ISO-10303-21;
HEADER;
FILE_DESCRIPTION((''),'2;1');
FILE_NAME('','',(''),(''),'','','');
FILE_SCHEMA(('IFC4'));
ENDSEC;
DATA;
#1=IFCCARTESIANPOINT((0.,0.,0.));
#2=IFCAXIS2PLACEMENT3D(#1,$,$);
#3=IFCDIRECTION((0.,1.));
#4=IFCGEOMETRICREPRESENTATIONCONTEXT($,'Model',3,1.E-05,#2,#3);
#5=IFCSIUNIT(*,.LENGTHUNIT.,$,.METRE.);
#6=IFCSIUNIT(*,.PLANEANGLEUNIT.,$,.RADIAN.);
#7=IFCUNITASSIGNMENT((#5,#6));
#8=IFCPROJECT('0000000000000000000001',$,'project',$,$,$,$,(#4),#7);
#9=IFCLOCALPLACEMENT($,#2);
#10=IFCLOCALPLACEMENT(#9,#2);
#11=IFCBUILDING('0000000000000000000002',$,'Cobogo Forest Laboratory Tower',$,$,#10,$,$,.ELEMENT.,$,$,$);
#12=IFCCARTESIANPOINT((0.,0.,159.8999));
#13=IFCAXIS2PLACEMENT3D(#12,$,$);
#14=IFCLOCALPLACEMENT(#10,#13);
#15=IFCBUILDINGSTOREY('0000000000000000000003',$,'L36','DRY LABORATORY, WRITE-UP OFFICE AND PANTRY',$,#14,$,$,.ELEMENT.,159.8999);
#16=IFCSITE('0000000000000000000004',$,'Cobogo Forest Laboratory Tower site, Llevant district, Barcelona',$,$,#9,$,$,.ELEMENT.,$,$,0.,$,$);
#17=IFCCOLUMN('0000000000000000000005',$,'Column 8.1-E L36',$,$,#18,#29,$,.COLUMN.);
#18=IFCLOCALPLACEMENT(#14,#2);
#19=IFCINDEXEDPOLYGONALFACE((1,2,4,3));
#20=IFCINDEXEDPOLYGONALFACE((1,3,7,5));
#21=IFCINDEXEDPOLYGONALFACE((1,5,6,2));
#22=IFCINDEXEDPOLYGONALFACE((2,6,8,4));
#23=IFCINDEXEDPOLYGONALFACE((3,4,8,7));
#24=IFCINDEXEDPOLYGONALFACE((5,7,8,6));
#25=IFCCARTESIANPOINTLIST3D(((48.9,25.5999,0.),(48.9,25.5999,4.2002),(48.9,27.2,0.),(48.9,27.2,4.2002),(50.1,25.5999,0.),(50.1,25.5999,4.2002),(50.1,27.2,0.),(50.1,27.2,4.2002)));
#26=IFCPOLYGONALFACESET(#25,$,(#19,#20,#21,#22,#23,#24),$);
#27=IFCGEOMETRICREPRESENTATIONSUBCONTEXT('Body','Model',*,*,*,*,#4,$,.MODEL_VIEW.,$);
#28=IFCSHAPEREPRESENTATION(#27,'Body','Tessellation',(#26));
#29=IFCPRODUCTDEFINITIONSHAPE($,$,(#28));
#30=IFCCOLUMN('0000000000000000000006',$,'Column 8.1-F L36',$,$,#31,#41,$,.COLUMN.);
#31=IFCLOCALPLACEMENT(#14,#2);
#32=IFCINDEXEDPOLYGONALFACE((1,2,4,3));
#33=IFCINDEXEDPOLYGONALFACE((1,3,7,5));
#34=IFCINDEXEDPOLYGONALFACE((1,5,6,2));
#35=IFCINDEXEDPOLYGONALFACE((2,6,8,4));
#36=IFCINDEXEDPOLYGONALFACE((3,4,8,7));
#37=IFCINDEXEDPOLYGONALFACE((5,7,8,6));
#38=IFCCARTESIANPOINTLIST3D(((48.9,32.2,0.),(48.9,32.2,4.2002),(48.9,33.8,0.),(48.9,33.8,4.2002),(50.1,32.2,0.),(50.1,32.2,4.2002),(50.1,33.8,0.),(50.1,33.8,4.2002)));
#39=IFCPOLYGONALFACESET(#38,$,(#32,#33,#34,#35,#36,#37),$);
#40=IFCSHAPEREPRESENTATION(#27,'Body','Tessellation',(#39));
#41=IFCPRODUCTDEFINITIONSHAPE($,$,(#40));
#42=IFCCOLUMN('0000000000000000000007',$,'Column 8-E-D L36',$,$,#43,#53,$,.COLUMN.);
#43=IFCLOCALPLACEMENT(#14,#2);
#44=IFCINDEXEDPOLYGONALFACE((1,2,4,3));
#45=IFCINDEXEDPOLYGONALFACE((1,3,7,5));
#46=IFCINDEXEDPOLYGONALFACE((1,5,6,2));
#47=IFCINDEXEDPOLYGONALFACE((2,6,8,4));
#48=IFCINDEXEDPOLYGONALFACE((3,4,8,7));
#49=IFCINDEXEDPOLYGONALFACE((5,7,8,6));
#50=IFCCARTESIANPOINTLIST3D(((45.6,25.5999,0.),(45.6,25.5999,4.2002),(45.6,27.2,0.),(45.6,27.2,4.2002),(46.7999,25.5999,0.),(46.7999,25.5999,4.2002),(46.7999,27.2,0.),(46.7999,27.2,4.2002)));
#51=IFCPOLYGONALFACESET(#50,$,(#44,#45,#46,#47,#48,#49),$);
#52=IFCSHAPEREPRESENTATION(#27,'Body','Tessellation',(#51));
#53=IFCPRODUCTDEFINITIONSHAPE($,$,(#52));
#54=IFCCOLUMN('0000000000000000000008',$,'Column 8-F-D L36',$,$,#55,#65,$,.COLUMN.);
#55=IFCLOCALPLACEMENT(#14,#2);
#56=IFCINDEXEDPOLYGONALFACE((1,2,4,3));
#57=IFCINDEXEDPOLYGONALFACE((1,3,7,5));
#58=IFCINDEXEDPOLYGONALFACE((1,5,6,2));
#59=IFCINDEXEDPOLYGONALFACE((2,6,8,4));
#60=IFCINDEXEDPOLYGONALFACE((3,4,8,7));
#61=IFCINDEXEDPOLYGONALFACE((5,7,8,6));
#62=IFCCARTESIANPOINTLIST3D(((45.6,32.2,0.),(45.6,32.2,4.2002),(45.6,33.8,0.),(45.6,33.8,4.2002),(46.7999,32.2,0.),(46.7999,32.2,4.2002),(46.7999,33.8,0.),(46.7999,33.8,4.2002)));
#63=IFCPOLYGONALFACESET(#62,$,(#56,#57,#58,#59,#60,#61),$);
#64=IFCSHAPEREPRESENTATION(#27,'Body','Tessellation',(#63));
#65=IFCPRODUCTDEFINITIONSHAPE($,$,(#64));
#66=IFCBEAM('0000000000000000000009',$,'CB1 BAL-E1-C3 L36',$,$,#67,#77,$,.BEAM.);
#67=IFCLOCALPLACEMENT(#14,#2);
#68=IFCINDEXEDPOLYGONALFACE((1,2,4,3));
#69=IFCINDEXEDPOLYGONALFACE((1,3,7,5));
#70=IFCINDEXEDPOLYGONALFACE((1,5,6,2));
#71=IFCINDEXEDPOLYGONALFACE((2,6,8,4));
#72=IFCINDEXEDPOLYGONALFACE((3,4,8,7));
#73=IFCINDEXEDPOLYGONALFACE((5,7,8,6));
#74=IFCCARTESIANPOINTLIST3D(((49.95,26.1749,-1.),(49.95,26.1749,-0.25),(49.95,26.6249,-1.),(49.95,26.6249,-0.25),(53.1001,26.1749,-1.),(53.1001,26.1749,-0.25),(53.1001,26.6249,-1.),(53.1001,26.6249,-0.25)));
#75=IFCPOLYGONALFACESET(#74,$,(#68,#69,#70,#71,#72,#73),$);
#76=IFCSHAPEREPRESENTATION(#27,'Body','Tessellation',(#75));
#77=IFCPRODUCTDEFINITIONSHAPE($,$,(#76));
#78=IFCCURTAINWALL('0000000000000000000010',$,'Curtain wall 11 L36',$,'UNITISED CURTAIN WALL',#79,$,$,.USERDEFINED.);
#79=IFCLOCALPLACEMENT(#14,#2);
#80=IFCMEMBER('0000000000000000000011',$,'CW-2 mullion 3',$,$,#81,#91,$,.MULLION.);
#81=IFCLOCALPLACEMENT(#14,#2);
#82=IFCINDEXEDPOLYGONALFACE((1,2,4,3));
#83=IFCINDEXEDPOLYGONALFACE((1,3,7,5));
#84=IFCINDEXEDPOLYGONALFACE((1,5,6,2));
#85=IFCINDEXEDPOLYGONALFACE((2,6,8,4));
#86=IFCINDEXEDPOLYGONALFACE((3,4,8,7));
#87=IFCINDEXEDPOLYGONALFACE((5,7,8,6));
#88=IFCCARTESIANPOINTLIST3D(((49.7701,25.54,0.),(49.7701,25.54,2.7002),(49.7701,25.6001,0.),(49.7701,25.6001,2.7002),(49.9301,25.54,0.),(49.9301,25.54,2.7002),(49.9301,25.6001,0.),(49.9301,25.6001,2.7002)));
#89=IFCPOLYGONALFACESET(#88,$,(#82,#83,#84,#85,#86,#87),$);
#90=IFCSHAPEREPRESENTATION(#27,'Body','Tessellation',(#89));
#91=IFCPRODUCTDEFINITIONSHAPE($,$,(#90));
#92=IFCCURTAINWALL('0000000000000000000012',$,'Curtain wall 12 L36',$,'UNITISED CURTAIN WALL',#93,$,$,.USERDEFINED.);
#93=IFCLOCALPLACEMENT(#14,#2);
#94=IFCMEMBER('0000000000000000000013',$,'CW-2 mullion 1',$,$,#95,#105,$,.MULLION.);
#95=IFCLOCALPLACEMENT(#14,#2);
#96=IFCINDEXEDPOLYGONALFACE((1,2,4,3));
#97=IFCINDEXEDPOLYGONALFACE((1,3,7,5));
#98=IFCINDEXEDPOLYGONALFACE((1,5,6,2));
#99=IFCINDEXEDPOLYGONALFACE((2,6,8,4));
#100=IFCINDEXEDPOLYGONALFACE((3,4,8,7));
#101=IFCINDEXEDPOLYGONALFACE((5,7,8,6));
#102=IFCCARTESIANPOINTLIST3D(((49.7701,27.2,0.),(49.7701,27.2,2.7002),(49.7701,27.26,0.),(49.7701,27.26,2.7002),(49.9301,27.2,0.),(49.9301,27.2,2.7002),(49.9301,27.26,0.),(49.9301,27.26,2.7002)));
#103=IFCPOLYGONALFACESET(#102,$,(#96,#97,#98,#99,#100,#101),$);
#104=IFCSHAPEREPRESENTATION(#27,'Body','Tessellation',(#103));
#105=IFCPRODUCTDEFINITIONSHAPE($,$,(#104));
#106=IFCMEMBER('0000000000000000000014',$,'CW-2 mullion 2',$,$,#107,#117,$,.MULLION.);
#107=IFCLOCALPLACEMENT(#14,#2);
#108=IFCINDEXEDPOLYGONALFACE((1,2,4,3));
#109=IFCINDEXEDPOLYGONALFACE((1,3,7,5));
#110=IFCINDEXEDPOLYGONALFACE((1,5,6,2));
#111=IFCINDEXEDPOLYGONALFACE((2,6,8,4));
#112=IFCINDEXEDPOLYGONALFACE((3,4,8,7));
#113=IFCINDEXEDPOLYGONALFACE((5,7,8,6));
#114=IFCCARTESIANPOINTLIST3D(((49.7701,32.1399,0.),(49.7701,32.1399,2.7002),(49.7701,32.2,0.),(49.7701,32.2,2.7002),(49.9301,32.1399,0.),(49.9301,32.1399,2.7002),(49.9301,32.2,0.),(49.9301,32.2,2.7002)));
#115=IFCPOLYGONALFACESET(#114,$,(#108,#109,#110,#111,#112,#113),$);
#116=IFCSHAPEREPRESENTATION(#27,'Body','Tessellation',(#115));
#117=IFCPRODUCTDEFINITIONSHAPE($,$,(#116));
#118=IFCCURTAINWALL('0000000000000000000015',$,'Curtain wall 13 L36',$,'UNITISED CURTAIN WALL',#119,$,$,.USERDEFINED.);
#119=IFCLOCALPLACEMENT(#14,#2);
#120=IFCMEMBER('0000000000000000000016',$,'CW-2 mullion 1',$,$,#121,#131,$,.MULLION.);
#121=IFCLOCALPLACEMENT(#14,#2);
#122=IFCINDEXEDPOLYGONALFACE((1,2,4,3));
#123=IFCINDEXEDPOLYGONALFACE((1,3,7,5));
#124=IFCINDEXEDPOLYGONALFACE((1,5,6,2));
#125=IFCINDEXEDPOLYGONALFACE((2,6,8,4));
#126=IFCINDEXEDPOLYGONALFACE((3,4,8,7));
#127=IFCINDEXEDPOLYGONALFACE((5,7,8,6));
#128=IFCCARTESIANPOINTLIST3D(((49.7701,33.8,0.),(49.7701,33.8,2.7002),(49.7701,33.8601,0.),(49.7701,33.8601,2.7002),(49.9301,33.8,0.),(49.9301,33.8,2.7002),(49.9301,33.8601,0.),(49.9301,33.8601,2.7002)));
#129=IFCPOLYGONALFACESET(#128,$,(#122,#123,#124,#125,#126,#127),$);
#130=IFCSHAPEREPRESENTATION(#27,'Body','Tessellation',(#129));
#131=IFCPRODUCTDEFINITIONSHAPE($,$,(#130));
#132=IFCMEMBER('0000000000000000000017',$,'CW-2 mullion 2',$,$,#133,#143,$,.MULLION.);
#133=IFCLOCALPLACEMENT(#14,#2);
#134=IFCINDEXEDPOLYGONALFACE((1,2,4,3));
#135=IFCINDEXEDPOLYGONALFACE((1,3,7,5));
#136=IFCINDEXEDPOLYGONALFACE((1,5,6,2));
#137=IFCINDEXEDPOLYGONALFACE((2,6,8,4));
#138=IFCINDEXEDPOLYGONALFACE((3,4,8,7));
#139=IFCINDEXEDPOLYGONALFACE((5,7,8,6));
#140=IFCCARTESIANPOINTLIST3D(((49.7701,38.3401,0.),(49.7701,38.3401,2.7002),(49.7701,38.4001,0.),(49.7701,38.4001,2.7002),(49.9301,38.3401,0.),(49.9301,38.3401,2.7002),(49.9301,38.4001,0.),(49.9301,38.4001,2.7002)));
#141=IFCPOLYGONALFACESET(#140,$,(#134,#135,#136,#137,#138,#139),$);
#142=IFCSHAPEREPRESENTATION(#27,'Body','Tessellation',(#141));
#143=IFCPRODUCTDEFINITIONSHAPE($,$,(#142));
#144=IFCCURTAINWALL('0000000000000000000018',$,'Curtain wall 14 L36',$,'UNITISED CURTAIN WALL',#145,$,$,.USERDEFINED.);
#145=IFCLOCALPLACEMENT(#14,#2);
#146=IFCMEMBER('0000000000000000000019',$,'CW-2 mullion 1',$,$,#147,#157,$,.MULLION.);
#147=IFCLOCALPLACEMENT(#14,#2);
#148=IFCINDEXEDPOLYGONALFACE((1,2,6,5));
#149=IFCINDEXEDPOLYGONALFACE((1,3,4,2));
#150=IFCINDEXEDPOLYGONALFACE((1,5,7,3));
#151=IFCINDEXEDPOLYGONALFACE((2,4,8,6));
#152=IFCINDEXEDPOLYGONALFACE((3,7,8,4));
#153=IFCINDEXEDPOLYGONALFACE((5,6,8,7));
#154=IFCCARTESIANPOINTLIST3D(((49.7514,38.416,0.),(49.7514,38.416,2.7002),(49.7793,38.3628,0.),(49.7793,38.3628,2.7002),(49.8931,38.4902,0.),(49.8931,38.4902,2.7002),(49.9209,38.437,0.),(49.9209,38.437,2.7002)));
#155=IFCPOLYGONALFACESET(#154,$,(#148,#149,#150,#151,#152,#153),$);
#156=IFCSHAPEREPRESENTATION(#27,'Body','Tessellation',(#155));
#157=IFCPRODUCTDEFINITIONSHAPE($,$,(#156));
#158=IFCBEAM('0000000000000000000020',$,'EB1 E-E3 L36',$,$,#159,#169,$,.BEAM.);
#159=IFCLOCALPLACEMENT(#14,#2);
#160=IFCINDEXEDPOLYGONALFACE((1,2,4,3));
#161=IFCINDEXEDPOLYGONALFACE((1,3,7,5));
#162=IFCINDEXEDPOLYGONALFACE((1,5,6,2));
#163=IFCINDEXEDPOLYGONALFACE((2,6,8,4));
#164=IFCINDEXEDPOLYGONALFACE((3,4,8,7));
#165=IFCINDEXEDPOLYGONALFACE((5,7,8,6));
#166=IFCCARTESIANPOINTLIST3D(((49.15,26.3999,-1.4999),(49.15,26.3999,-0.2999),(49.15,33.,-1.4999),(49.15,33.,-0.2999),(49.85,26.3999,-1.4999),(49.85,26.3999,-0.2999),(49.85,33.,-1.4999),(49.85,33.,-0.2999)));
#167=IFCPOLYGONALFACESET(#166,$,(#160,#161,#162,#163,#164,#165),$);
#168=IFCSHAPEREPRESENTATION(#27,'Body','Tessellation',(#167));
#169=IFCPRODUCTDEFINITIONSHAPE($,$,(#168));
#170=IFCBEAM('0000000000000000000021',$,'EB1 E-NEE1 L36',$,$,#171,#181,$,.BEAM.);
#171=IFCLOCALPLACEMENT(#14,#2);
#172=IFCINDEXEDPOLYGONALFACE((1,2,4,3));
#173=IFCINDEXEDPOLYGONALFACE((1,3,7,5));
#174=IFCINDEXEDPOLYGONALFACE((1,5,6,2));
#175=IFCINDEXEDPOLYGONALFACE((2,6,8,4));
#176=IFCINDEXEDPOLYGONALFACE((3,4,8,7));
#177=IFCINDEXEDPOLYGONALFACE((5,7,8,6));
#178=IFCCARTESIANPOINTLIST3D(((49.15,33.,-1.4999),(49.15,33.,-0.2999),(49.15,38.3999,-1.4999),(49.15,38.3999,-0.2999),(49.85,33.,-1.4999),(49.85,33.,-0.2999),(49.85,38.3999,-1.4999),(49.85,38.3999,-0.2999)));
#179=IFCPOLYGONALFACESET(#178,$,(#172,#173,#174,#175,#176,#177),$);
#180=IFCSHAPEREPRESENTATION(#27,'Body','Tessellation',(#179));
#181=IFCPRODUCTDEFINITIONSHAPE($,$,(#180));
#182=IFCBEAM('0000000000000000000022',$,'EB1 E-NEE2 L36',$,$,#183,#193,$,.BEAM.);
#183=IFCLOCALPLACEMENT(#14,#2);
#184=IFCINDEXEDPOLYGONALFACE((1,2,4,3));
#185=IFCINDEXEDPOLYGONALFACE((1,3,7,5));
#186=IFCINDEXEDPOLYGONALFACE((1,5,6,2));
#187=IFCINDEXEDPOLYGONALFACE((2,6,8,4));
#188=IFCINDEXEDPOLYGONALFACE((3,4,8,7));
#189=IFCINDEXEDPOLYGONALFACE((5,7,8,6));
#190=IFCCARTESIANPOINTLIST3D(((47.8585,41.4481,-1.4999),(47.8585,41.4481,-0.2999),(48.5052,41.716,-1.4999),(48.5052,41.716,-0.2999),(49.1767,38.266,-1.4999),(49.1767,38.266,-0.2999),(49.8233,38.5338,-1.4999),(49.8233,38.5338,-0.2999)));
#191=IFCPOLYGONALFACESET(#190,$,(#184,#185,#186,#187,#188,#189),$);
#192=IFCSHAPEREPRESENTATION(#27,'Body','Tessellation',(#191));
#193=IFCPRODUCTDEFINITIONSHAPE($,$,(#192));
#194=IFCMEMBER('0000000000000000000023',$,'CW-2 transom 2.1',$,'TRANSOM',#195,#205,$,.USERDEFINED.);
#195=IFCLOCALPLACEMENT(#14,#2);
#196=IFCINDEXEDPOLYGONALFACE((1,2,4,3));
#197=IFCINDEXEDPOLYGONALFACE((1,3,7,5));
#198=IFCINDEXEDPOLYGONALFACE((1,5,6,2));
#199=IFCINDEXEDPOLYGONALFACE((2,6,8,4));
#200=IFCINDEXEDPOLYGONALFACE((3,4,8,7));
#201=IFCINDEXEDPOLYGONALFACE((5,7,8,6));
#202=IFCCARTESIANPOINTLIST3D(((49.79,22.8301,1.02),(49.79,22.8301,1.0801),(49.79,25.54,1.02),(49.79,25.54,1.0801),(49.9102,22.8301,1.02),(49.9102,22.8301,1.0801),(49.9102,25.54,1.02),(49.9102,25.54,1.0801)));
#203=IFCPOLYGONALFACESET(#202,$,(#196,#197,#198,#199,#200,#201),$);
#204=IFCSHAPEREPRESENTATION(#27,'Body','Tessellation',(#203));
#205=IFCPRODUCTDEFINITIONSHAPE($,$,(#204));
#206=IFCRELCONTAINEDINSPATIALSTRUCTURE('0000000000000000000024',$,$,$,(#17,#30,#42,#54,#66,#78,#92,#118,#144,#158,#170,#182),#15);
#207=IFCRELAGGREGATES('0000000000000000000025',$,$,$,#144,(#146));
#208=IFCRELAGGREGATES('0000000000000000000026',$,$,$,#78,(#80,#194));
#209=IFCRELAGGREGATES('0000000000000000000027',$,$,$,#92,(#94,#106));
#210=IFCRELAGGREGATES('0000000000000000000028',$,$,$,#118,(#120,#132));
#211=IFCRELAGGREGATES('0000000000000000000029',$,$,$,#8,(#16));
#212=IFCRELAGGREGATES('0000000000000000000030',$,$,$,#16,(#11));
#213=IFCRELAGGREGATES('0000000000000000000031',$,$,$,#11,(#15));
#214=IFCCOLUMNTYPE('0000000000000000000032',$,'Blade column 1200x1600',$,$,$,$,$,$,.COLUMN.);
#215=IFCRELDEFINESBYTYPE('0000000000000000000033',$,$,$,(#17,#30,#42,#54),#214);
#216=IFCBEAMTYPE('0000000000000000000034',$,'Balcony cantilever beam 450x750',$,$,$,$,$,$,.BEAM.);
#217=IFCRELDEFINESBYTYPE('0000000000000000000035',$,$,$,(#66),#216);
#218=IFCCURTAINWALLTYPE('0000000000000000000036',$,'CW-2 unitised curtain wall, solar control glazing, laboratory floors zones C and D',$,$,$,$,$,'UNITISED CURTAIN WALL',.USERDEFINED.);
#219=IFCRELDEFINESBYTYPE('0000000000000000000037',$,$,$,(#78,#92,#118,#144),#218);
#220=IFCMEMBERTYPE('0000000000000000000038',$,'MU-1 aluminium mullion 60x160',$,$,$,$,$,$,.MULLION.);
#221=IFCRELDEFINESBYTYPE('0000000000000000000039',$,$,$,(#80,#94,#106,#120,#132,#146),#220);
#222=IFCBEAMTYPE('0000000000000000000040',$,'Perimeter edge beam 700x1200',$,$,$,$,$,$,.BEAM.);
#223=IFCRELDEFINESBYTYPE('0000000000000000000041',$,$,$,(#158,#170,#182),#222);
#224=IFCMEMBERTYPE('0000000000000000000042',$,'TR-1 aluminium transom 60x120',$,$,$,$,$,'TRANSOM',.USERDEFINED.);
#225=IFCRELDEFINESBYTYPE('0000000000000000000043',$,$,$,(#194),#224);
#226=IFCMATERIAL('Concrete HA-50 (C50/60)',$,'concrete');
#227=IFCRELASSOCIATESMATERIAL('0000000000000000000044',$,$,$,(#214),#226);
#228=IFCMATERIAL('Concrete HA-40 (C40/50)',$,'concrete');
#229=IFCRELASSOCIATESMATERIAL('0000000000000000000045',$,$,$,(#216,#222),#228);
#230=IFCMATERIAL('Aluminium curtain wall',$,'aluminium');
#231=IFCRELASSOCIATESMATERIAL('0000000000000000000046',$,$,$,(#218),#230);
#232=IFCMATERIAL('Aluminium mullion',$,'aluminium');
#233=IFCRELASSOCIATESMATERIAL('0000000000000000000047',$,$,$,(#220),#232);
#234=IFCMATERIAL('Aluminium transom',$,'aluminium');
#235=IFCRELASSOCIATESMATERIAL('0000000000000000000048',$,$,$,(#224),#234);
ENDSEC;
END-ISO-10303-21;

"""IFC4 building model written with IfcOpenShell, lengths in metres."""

from ifc_helpers import new_model, si_unit, direction, frame, origin, origin_2d, place, context, subcontext, project, spatial, rectangle, extrude, material, material_profile, profile_set, type_object, element, aggregate, save


model = new_model("IFC4")

# Units and contexts
model_context = context("Model", 3, precision=1e-05, world=origin(), true_north=direction((0.0, 1.0)))
body_context = subcontext(model_context, "Body", "Model", "MODEL_VIEW")
ifc_project = project(units=[si_unit("LENGTHUNIT", "METRE"), si_unit("PLANEANGLEUNIT", "RADIAN")], contexts=[model_context])

# Site, building, storey
site_placement = place(None, origin())
site = spatial("IfcSite", under=ifc_project, at=site_placement, Name="Cobogo Forest Laboratory Tower site, Llevant district, Barcelona", CompositionType="ELEMENT", RefElevation=0.0)
building_placement = place(site_placement, origin())
building = spatial("IfcBuilding", under=site, at=building_placement, Name="Cobogo Forest Laboratory Tower", CompositionType="ELEMENT")
storey_placement = place(building_placement, frame((0.0, 0.0, 159.8999)))
storey = spatial("IfcBuildingStorey", under=building, at=storey_placement, Name="L36", Description="DRY LABORATORY, WRITE-UP OFFICE AND PANTRY", CompositionType="ELEMENT", Elevation=159.8999)

# Columns
ifc_material_1 = material(Name="Concrete HA-50 (C50/60)", Category="concrete")
ifc_material_profile_1 = material_profile(ifc_material_1, rectangle(XDim=1.6001, YDim=1.2, at=origin_2d()), Name="RC 1200x1600")
ifc_profile_set_1 = profile_set([ifc_material_profile_1], Name="Concrete HA-50 (C50/60)")
column_type = type_object("IfcColumnType", Name="Blade column 1200x1600", PredefinedType="COLUMN", material=ifc_profile_set_1)
for number, where, z_axis, x_axis, name in (
    (1, (49.5, 26.3999, 0.0), (0.0, 0.0, 1.0), (0.0, 1.0, 0.0), "Column 8.1-E L36"),
    (2, (49.5, 33.0, 0.0), (0.0, 0.0, 1.0), (0.0, 1.0, 0.0), "Column 8.1-F L36"),
    (3, (46.2, 26.3999, 0.0), (0.0, 0.0, 1.0), (0.0, 1.0, 0.0), "Column 8-E-D L36"),
    (4, (46.2, 33.0, 0.0), (0.0, 0.0, 1.0), (0.0, 1.0, 0.0), "Column 8-F-D L36"),
):
    element("IfcColumn", number, at=place(storey_placement, frame(where, z_axis=z_axis, x_axis=x_axis)), inside=storey, type_object=column_type, Name=name, PredefinedType="COLUMN", context=body_context, shape_type="SweptSolid", body=[
        extrude(rectangle(XDim=1.6001, YDim=1.2, at=origin_2d()), origin(), (0.0, 0.0, 1.0), 4.2002),
    ])

# Beam
ifc_material_2 = material(Name="Concrete HA-40 (C40/50)", Category="concrete")
ifc_material_profile_2 = material_profile(ifc_material_2, rectangle(XDim=0.45, YDim=0.75, at=origin_2d()), Name="RC 450x750")
ifc_profile_set_2 = profile_set([ifc_material_profile_2], Name="Concrete HA-40 (C40/50)")
beam_type_1 = type_object("IfcBeamType", Name="Balcony cantilever beam 450x750", PredefinedType="BEAM", material=ifc_profile_set_2)
beam_1_placement = place(storey_placement, frame((49.95, 26.3999, -0.625), z_axis=(1.0, 0.0, 0.0), x_axis=(0.0, 1.0, 0.0)))
element("IfcBeam", 5, at=beam_1_placement, inside=storey, type_object=beam_type_1, Name="CB1 BAL-E1-C3 L36", PredefinedType="BEAM", context=body_context, shape_type="SweptSolid", body=[
    extrude(rectangle(XDim=0.45, YDim=0.75, at=origin_2d()), origin(), (0.0, 0.0, 1.0), 3.1501),
])

# Curtain wall, member
ifc_material_3 = material(Name="Aluminium curtain wall", Category="aluminium")
curtain_wall_type = type_object("IfcCurtainWallType", Name="CW-2 unitised curtain wall, solar control glazing, laboratory floors zones C and D", ElementType="UNITISED CURTAIN WALL", PredefinedType="USERDEFINED", material=ifc_material_3)
curtain_wall_1_placement = place(storey_placement, origin())
curtain_wall_1 = element("IfcCurtainWall", 6, at=curtain_wall_1_placement, inside=storey, type_object=curtain_wall_type, Name="Curtain wall 11 L36", ObjectType="UNITISED CURTAIN WALL", PredefinedType="USERDEFINED")
ifc_material_4 = material(Name="Aluminium mullion", Category="aluminium")
ifc_material_profile_3 = material_profile(ifc_material_4, rectangle(XDim=0.0601, YDim=0.1599, at=origin_2d()), Name="AL 60x160")
ifc_profile_set_3 = profile_set([ifc_material_profile_3], Name="Aluminium mullion")
member_type_1 = type_object("IfcMemberType", Name="MU-1 aluminium mullion 60x160", PredefinedType="MULLION", material=ifc_profile_set_3)
member_1_placement = place(storey_placement, frame((49.8501, 25.5701, 0.0), z_axis=(0.0, 0.0, 1.0), x_axis=(0.0, 1.0, 0.0)))
member_1 = element("IfcMember", 7, at=member_1_placement, type_object=member_type_1, Name="CW-2 mullion 3", PredefinedType="MULLION", context=body_context, shape_type="SweptSolid", body=[
    extrude(rectangle(XDim=0.0601, YDim=0.1599, at=origin_2d()), origin(), (0.0, 0.0, 1.0), 2.7002),
])

# Curtain walls, members
curtain_wall_2_placement = place(storey_placement, origin())
curtain_wall_2 = element("IfcCurtainWall", 8, at=curtain_wall_2_placement, inside=storey, type_object=curtain_wall_type, Name="Curtain wall 12 L36", ObjectType="UNITISED CURTAIN WALL", PredefinedType="USERDEFINED")
member_2_placement = place(storey_placement, frame((49.8501, 27.23, 0.0), z_axis=(0.0, 0.0, 1.0), x_axis=(0.0, 1.0, 0.0)))
member_2 = element("IfcMember", 9, at=member_2_placement, type_object=member_type_1, Name="CW-2 mullion 1", PredefinedType="MULLION", context=body_context, shape_type="SweptSolid", body=[
    extrude(rectangle(XDim=0.0601, YDim=0.1599, at=origin_2d()), origin(), (0.0, 0.0, 1.0), 2.7002),
])
member_3_placement = place(storey_placement, frame((49.8501, 32.1699, 0.0), z_axis=(0.0, 0.0, 1.0), x_axis=(0.0, 1.0, 0.0)))
member_3 = element("IfcMember", 10, at=member_3_placement, type_object=member_type_1, Name="CW-2 mullion 2", PredefinedType="MULLION", context=body_context, shape_type="SweptSolid", body=[
    extrude(rectangle(XDim=0.0601, YDim=0.1599, at=origin_2d()), origin(), (0.0, 0.0, 1.0), 2.7002),
])
curtain_wall_3_placement = place(storey_placement, origin())
curtain_wall_3 = element("IfcCurtainWall", 11, at=curtain_wall_3_placement, inside=storey, type_object=curtain_wall_type, Name="Curtain wall 13 L36", ObjectType="UNITISED CURTAIN WALL", PredefinedType="USERDEFINED")
member_4_placement = place(storey_placement, frame((49.8501, 33.8301, 0.0), z_axis=(0.0, 0.0, 1.0), x_axis=(0.0, 1.0, 0.0)))
member_4 = element("IfcMember", 12, at=member_4_placement, type_object=member_type_1, Name="CW-2 mullion 1", PredefinedType="MULLION", context=body_context, shape_type="SweptSolid", body=[
    extrude(rectangle(XDim=0.0601, YDim=0.1599, at=origin_2d()), origin(), (0.0, 0.0, 1.0), 2.7002),
])
member_5_placement = place(storey_placement, frame((49.8501, 38.3701, 0.0), z_axis=(0.0, 0.0, 1.0), x_axis=(0.0, 1.0, 0.0)))
member_5 = element("IfcMember", 13, at=member_5_placement, type_object=member_type_1, Name="CW-2 mullion 2", PredefinedType="MULLION", context=body_context, shape_type="SweptSolid", body=[
    extrude(rectangle(XDim=0.0601, YDim=0.1599, at=origin_2d()), origin(), (0.0, 0.0, 1.0), 2.7002),
])

# Curtain wall, member
curtain_wall_4_placement = place(storey_placement, origin())
curtain_wall_4 = element("IfcCurtainWall", 14, at=curtain_wall_4_placement, inside=storey, type_object=curtain_wall_type, Name="Curtain wall 14 L36", ObjectType="UNITISED CURTAIN WALL", PredefinedType="USERDEFINED")
member_6_placement = place(storey_placement, frame((49.8362, 38.4265, 0.0), z_axis=(0.0, 0.0, 1.0), x_axis=(-0.464284, 0.885687, 0.0)))
member_6 = element("IfcMember", 15, at=member_6_placement, type_object=member_type_1, Name="CW-2 mullion 1", PredefinedType="MULLION", context=body_context, shape_type="SweptSolid", body=[
    extrude(rectangle(XDim=0.0601, YDim=0.1599, at=origin_2d()), origin(), (0.0, 0.0, 1.0), 2.7002),
])
aggregate(curtain_wall_4, [member_6])

# Beams
ifc_material_profile_4 = material_profile(ifc_material_2, rectangle(XDim=0.7, YDim=1.2, at=origin_2d()), Name="RC 700x1200")
ifc_profile_set_4 = profile_set([ifc_material_profile_4], Name="Concrete HA-40 (C40/50)")
beam_type_2 = type_object("IfcBeamType", Name="Perimeter edge beam 700x1200", PredefinedType="BEAM", material=ifc_profile_set_4)
beam_2_placement = place(storey_placement, frame((49.5, 26.3999, -0.8999), z_axis=(0.0, 1.0, 0.0), x_axis=(-1.0, 0.0, 0.0)))
element("IfcBeam", 16, at=beam_2_placement, inside=storey, type_object=beam_type_2, Name="EB1 E-E3 L36", PredefinedType="BEAM", context=body_context, shape_type="SweptSolid", body=[
    extrude(rectangle(XDim=0.7, YDim=1.2, at=origin_2d()), origin(), (0.0, 0.0, 1.0), 6.6001),
])
beam_3_placement = place(storey_placement, frame((49.5, 33.0, -0.8999), z_axis=(0.0, 1.0, 0.0), x_axis=(-1.0, 0.0, 0.0)))
element("IfcBeam", 17, at=beam_3_placement, inside=storey, type_object=beam_type_2, Name="EB1 E-NEE1 L36", PredefinedType="BEAM", context=body_context, shape_type="SweptSolid", body=[
    extrude(rectangle(XDim=0.7, YDim=1.2, at=origin_2d()), origin(), (0.0, 0.0, 1.0), 5.3999),
])
beam_4_placement = place(storey_placement, frame((49.5, 38.3999, -0.8999), z_axis=(-0.382692, 0.923876, 0.0), x_axis=(-0.923876, -0.382692, 0.0)))
element("IfcBeam", 18, at=beam_4_placement, inside=storey, type_object=beam_type_2, Name="EB1 E-NEE2 L36", PredefinedType="BEAM", context=body_context, shape_type="SweptSolid", body=[
    extrude(rectangle(XDim=0.7, YDim=1.2, at=origin_2d()), origin(), (0.0, 0.0, 1.0), 3.4443),
])

# Member
ifc_material_5 = material(Name="Aluminium transom", Category="aluminium")
ifc_material_profile_5 = material_profile(ifc_material_5, rectangle(XDim=0.1201, YDim=0.0601, at=origin_2d()), Name="AL 60x120")
ifc_profile_set_5 = profile_set([ifc_material_profile_5], Name="Aluminium transom")
member_type_2 = type_object("IfcMemberType", Name="TR-1 aluminium transom 60x120", ElementType="TRANSOM", PredefinedType="USERDEFINED", material=ifc_profile_set_5)
member_7_placement = place(storey_placement, frame((49.8501, 22.8301, 1.05), z_axis=(0.0, 1.0, 0.0), x_axis=(-1.0, 0.0, 0.0)))
member_7 = element("IfcMember", 19, at=member_7_placement, type_object=member_type_2, Name="CW-2 transom 2.1", ObjectType="TRANSOM", PredefinedType="USERDEFINED", context=body_context, shape_type="SweptSolid", body=[
    extrude(rectangle(XDim=0.1201, YDim=0.0601, at=origin_2d()), origin(), (0.0, 0.0, 1.0), 2.71),
])

aggregate(curtain_wall_1, [member_1, member_7])
aggregate(curtain_wall_2, [member_2, member_3])
aggregate(curtain_wall_3, [member_4, member_5])

save(model, "model.ifc")
